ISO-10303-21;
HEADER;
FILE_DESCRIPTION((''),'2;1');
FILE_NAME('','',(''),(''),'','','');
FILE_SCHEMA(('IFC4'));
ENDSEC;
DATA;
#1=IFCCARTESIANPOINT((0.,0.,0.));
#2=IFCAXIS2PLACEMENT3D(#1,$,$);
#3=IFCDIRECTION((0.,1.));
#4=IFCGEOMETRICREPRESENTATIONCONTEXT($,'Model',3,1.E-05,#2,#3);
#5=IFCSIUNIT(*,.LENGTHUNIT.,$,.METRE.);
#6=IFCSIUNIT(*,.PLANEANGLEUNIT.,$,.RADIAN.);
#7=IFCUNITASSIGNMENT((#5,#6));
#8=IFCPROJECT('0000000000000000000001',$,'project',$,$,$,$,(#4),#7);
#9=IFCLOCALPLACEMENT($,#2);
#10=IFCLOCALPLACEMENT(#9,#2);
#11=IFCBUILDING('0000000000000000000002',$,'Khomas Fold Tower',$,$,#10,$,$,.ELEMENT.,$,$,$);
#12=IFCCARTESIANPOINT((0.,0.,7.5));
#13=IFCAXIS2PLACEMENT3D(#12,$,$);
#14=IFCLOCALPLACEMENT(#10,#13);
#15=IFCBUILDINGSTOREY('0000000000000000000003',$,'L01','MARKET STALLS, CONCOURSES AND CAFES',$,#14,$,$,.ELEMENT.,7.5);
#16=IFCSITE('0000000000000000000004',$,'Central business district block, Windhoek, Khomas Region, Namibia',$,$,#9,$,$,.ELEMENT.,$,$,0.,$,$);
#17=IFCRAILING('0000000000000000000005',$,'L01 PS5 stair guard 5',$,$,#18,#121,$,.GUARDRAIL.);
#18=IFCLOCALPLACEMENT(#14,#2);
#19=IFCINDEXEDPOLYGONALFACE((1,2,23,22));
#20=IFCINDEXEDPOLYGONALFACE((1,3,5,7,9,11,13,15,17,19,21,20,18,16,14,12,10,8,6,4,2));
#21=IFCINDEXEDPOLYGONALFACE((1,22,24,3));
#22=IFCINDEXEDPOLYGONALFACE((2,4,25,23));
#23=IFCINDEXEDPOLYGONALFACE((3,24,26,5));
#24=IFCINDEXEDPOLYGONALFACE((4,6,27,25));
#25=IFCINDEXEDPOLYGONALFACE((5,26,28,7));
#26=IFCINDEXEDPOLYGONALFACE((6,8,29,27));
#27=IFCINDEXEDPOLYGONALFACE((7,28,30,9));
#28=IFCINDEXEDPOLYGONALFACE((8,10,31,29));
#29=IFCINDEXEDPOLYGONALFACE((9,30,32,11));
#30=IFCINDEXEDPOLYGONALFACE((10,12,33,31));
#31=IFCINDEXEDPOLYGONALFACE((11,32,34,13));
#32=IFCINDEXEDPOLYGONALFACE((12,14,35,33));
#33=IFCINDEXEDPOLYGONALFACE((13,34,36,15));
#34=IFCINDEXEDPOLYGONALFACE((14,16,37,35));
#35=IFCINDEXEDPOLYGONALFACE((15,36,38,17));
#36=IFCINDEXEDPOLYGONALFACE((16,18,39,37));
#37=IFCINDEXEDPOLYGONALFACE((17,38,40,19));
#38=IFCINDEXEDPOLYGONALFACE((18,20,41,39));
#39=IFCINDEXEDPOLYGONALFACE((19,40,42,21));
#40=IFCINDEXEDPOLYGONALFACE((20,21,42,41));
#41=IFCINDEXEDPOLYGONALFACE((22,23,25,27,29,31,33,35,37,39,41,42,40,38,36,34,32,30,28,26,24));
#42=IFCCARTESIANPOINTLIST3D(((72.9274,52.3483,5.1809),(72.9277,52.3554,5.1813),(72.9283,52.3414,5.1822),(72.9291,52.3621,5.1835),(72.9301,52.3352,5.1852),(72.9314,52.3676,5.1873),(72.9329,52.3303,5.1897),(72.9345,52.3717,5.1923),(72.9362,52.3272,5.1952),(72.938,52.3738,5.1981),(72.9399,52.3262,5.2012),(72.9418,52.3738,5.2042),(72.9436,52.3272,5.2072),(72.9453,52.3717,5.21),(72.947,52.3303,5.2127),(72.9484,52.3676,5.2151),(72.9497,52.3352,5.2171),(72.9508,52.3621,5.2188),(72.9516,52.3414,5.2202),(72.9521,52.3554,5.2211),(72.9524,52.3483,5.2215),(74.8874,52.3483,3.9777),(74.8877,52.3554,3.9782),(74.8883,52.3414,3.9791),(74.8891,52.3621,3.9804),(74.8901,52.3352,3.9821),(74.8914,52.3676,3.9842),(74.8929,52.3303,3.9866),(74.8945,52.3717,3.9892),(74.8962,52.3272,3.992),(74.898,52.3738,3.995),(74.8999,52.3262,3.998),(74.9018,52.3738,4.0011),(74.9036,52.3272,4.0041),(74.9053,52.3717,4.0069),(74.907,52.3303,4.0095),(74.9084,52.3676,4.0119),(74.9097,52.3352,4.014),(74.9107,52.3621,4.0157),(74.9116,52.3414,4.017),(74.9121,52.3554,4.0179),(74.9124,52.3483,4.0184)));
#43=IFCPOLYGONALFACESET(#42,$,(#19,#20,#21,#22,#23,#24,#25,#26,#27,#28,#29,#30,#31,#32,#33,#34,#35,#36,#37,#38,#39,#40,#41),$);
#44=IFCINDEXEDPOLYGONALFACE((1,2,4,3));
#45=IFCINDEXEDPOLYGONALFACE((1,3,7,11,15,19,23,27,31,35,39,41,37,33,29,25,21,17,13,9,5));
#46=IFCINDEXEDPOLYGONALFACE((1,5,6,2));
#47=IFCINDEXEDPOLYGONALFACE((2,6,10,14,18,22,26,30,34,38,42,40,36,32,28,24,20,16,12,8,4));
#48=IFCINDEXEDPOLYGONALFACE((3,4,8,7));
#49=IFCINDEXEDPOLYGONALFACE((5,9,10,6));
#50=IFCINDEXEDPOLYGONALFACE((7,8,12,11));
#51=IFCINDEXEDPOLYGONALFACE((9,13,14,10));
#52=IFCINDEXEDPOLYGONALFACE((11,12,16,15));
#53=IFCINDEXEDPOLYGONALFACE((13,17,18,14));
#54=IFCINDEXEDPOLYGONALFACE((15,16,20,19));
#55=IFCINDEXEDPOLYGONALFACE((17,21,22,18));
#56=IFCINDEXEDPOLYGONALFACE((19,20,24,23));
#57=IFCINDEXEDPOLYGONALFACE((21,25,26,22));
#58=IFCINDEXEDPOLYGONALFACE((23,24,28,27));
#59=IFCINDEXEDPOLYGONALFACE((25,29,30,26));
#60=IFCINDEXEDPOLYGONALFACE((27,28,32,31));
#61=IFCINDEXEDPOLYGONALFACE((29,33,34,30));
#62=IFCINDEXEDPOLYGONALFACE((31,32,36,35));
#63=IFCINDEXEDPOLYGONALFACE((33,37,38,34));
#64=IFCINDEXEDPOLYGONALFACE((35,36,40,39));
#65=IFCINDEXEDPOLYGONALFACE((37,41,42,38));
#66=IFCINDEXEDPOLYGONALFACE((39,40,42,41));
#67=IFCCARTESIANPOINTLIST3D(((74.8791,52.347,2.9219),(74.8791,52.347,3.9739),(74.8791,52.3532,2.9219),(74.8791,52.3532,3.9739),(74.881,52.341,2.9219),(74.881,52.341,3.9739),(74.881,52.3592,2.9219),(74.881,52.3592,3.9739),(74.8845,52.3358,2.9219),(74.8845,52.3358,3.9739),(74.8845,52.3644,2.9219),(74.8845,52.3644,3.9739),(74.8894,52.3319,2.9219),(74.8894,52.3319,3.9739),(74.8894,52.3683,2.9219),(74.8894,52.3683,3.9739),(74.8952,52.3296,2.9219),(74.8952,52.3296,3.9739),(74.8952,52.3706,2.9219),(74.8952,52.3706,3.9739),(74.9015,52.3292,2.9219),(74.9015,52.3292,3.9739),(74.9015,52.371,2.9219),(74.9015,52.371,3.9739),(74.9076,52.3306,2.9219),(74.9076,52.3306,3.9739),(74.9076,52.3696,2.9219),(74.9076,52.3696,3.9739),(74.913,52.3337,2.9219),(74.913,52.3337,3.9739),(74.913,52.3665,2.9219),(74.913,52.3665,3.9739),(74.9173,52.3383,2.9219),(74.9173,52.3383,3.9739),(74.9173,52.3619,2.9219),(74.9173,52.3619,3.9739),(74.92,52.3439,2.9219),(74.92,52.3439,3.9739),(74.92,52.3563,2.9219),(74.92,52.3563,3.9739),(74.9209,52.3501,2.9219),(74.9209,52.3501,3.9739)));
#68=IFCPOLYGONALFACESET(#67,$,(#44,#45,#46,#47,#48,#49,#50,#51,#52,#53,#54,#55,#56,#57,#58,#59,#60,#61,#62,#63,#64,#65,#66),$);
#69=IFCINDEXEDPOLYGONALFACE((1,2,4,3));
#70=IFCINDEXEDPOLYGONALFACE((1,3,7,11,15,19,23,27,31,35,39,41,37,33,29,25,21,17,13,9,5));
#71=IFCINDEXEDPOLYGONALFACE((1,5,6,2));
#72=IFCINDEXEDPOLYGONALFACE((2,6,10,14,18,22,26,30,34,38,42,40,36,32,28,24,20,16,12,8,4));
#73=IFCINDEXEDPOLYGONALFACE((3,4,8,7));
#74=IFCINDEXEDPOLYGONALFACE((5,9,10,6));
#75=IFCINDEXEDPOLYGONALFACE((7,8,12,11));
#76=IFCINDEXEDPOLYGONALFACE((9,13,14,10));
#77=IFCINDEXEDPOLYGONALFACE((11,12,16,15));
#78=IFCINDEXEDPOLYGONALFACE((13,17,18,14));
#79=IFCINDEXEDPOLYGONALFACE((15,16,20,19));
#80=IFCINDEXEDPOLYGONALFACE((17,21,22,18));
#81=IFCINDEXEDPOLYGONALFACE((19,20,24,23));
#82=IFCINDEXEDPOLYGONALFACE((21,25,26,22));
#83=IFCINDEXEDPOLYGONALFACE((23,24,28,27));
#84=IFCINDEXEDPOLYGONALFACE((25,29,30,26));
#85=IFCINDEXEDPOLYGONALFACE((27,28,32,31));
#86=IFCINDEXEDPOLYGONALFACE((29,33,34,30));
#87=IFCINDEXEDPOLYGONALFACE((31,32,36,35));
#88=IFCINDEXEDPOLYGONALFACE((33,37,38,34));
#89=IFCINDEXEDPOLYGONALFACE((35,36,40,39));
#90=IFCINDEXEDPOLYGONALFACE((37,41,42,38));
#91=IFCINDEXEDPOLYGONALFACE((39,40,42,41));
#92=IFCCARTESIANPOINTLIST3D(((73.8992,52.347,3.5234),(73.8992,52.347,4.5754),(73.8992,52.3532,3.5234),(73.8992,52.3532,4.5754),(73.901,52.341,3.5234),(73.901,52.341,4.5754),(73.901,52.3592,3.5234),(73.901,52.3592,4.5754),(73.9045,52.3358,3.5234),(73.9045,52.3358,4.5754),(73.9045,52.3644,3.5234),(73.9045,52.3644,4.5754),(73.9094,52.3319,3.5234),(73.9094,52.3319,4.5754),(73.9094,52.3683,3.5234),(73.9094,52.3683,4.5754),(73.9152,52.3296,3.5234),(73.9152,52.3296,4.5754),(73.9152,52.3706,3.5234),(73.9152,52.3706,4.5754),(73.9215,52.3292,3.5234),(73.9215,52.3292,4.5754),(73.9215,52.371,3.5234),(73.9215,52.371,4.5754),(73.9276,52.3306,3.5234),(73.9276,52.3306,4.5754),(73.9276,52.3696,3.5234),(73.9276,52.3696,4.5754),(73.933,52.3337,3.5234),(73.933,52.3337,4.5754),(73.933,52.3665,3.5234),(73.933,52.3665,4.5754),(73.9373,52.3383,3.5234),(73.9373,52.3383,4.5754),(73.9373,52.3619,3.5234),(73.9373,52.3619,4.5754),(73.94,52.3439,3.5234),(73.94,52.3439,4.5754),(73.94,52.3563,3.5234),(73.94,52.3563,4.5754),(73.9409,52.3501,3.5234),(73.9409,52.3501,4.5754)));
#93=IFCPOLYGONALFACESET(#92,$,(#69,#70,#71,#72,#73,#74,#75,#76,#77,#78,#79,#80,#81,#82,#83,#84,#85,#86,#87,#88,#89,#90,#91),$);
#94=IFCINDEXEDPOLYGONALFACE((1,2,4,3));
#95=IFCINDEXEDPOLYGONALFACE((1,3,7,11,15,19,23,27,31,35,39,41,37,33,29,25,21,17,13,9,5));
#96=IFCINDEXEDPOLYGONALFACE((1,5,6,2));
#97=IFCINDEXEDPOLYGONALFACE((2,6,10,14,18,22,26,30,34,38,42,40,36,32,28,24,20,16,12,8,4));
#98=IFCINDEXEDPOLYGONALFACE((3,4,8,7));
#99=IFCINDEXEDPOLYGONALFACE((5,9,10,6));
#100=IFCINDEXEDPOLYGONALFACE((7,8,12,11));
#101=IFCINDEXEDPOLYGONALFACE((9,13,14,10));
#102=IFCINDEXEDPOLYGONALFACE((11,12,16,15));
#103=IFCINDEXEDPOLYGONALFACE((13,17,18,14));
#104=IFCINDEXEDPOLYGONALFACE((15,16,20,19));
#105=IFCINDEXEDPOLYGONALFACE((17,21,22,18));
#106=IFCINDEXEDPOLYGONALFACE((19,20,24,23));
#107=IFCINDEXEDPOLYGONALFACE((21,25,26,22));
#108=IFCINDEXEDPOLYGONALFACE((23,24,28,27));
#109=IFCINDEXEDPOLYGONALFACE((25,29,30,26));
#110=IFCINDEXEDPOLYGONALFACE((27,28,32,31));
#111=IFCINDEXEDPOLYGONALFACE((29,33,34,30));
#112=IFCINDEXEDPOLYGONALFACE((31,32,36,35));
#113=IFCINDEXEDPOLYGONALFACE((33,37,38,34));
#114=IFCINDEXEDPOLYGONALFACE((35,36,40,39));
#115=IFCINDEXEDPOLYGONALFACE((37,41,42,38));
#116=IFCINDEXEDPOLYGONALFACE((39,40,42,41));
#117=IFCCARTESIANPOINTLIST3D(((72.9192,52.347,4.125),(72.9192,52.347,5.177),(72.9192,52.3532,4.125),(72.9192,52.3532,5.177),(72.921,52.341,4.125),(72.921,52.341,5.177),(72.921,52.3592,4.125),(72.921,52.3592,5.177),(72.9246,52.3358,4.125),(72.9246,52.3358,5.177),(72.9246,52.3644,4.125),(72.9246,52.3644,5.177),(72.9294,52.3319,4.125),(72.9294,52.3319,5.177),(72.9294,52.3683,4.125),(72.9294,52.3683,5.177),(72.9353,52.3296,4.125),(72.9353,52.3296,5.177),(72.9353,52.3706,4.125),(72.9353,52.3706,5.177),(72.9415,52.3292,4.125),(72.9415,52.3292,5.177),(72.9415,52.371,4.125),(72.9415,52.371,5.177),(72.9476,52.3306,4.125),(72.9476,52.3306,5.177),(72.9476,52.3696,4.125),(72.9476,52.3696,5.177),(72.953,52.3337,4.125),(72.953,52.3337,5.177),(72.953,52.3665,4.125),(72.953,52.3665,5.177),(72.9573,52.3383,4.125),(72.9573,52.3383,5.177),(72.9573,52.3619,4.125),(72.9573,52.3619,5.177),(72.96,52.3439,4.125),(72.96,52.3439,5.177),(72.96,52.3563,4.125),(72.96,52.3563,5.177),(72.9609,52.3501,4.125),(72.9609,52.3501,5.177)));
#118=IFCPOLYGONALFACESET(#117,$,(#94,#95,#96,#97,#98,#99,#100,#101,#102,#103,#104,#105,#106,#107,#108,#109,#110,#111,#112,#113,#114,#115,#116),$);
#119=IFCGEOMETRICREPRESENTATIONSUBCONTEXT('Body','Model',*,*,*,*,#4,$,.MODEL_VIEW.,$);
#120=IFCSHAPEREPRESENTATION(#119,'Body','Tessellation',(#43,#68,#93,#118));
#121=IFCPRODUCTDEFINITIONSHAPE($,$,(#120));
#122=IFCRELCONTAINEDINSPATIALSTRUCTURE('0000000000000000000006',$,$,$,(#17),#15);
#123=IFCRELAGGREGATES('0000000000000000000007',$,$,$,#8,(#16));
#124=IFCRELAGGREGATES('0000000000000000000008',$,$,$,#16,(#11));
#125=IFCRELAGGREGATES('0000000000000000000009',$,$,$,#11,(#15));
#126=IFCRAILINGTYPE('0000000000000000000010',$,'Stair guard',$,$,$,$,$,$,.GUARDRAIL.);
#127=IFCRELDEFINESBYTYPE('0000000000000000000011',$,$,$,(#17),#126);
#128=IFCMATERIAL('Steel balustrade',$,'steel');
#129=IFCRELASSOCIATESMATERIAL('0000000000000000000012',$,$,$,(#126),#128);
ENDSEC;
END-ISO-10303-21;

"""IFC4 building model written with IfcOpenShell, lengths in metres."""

from ifc_helpers import new_model, si_unit, direction, frame, origin, origin_2d, place, context, subcontext, project, spatial, circle, extrude, source, transform, mapped, material, type_object, element, save


model = new_model("IFC4")

# Units and contexts
model_context = context("Model", 3, precision=1e-05, world=origin(), true_north=direction((0.0, 1.0)))
body_context = subcontext(model_context, "Body", "Model", "MODEL_VIEW")
ifc_project = project(units=[si_unit("LENGTHUNIT", "METRE"), si_unit("PLANEANGLEUNIT", "RADIAN")], contexts=[model_context])

# Site, building, storey
site_placement = place(None, origin())
site = spatial("IfcSite", under=ifc_project, at=site_placement, Name="Central business district block, Windhoek, Khomas Region, Namibia", CompositionType="ELEMENT", RefElevation=0.0)
building_placement = place(site_placement, origin())
building = spatial("IfcBuilding", under=site, at=building_placement, Name="Khomas Fold Tower", CompositionType="ELEMENT")
storey_placement = place(building_placement, frame((0.0, 0.0, 7.5)))
storey = spatial("IfcBuildingStorey", under=building, at=storey_placement, Name="L01", Description="MARKET STALLS, CONCOURSES AND CAFES", CompositionType="ELEMENT", Elevation=7.5)

# Railing
ifc_material_1 = material(Name="Steel balustrade", Category="steel")
railing_type_1 = type_object("IfcRailingType", Name="Stair guard", PredefinedType="GUARDRAIL", material=ifc_material_1)
shared_shape_1 = source(origin(), body_context, "Body", "SweptSolid", [
    extrude(circle(Radius=0.0239, at=origin_2d()), frame((0.0, 0.0, 1.0762), z_axis=(-0.852241, 0.0, 0.523149), x_axis=(0.0, -1.0, 0.0)), (0.0, 0.0, 1.0), 2.2998),
    extrude(circle(Radius=0.021, at=origin_2d()), origin(), (0.0, 0.0, 1.0), 1.052),
    extrude(circle(Radius=0.021, at=origin_2d()), frame((-0.98, 0.0, 0.6016)), (0.0, 0.0, 1.0), 1.052),
    extrude(circle(Radius=0.021, at=origin_2d()), frame((-1.96, 0.0, 1.2031)), (0.0, 0.0, 1.0), 1.052),
])
for number, where, name in (
    (1, (74.8999, 52.3501, 2.9219), "L01 PS5 stair guard 5"),
):
    element("IfcRailing", number, at=place(storey_placement, frame(where)), inside=storey, type_object=railing_type_1, Name=name, PredefinedType="GUARDRAIL", context=body_context, shape_type="MappedRepresentation", body=[
        mapped(shared_shape_1, transform((0.0, 0.0, 0.0))),
    ])

save(model, "model.ifc")
